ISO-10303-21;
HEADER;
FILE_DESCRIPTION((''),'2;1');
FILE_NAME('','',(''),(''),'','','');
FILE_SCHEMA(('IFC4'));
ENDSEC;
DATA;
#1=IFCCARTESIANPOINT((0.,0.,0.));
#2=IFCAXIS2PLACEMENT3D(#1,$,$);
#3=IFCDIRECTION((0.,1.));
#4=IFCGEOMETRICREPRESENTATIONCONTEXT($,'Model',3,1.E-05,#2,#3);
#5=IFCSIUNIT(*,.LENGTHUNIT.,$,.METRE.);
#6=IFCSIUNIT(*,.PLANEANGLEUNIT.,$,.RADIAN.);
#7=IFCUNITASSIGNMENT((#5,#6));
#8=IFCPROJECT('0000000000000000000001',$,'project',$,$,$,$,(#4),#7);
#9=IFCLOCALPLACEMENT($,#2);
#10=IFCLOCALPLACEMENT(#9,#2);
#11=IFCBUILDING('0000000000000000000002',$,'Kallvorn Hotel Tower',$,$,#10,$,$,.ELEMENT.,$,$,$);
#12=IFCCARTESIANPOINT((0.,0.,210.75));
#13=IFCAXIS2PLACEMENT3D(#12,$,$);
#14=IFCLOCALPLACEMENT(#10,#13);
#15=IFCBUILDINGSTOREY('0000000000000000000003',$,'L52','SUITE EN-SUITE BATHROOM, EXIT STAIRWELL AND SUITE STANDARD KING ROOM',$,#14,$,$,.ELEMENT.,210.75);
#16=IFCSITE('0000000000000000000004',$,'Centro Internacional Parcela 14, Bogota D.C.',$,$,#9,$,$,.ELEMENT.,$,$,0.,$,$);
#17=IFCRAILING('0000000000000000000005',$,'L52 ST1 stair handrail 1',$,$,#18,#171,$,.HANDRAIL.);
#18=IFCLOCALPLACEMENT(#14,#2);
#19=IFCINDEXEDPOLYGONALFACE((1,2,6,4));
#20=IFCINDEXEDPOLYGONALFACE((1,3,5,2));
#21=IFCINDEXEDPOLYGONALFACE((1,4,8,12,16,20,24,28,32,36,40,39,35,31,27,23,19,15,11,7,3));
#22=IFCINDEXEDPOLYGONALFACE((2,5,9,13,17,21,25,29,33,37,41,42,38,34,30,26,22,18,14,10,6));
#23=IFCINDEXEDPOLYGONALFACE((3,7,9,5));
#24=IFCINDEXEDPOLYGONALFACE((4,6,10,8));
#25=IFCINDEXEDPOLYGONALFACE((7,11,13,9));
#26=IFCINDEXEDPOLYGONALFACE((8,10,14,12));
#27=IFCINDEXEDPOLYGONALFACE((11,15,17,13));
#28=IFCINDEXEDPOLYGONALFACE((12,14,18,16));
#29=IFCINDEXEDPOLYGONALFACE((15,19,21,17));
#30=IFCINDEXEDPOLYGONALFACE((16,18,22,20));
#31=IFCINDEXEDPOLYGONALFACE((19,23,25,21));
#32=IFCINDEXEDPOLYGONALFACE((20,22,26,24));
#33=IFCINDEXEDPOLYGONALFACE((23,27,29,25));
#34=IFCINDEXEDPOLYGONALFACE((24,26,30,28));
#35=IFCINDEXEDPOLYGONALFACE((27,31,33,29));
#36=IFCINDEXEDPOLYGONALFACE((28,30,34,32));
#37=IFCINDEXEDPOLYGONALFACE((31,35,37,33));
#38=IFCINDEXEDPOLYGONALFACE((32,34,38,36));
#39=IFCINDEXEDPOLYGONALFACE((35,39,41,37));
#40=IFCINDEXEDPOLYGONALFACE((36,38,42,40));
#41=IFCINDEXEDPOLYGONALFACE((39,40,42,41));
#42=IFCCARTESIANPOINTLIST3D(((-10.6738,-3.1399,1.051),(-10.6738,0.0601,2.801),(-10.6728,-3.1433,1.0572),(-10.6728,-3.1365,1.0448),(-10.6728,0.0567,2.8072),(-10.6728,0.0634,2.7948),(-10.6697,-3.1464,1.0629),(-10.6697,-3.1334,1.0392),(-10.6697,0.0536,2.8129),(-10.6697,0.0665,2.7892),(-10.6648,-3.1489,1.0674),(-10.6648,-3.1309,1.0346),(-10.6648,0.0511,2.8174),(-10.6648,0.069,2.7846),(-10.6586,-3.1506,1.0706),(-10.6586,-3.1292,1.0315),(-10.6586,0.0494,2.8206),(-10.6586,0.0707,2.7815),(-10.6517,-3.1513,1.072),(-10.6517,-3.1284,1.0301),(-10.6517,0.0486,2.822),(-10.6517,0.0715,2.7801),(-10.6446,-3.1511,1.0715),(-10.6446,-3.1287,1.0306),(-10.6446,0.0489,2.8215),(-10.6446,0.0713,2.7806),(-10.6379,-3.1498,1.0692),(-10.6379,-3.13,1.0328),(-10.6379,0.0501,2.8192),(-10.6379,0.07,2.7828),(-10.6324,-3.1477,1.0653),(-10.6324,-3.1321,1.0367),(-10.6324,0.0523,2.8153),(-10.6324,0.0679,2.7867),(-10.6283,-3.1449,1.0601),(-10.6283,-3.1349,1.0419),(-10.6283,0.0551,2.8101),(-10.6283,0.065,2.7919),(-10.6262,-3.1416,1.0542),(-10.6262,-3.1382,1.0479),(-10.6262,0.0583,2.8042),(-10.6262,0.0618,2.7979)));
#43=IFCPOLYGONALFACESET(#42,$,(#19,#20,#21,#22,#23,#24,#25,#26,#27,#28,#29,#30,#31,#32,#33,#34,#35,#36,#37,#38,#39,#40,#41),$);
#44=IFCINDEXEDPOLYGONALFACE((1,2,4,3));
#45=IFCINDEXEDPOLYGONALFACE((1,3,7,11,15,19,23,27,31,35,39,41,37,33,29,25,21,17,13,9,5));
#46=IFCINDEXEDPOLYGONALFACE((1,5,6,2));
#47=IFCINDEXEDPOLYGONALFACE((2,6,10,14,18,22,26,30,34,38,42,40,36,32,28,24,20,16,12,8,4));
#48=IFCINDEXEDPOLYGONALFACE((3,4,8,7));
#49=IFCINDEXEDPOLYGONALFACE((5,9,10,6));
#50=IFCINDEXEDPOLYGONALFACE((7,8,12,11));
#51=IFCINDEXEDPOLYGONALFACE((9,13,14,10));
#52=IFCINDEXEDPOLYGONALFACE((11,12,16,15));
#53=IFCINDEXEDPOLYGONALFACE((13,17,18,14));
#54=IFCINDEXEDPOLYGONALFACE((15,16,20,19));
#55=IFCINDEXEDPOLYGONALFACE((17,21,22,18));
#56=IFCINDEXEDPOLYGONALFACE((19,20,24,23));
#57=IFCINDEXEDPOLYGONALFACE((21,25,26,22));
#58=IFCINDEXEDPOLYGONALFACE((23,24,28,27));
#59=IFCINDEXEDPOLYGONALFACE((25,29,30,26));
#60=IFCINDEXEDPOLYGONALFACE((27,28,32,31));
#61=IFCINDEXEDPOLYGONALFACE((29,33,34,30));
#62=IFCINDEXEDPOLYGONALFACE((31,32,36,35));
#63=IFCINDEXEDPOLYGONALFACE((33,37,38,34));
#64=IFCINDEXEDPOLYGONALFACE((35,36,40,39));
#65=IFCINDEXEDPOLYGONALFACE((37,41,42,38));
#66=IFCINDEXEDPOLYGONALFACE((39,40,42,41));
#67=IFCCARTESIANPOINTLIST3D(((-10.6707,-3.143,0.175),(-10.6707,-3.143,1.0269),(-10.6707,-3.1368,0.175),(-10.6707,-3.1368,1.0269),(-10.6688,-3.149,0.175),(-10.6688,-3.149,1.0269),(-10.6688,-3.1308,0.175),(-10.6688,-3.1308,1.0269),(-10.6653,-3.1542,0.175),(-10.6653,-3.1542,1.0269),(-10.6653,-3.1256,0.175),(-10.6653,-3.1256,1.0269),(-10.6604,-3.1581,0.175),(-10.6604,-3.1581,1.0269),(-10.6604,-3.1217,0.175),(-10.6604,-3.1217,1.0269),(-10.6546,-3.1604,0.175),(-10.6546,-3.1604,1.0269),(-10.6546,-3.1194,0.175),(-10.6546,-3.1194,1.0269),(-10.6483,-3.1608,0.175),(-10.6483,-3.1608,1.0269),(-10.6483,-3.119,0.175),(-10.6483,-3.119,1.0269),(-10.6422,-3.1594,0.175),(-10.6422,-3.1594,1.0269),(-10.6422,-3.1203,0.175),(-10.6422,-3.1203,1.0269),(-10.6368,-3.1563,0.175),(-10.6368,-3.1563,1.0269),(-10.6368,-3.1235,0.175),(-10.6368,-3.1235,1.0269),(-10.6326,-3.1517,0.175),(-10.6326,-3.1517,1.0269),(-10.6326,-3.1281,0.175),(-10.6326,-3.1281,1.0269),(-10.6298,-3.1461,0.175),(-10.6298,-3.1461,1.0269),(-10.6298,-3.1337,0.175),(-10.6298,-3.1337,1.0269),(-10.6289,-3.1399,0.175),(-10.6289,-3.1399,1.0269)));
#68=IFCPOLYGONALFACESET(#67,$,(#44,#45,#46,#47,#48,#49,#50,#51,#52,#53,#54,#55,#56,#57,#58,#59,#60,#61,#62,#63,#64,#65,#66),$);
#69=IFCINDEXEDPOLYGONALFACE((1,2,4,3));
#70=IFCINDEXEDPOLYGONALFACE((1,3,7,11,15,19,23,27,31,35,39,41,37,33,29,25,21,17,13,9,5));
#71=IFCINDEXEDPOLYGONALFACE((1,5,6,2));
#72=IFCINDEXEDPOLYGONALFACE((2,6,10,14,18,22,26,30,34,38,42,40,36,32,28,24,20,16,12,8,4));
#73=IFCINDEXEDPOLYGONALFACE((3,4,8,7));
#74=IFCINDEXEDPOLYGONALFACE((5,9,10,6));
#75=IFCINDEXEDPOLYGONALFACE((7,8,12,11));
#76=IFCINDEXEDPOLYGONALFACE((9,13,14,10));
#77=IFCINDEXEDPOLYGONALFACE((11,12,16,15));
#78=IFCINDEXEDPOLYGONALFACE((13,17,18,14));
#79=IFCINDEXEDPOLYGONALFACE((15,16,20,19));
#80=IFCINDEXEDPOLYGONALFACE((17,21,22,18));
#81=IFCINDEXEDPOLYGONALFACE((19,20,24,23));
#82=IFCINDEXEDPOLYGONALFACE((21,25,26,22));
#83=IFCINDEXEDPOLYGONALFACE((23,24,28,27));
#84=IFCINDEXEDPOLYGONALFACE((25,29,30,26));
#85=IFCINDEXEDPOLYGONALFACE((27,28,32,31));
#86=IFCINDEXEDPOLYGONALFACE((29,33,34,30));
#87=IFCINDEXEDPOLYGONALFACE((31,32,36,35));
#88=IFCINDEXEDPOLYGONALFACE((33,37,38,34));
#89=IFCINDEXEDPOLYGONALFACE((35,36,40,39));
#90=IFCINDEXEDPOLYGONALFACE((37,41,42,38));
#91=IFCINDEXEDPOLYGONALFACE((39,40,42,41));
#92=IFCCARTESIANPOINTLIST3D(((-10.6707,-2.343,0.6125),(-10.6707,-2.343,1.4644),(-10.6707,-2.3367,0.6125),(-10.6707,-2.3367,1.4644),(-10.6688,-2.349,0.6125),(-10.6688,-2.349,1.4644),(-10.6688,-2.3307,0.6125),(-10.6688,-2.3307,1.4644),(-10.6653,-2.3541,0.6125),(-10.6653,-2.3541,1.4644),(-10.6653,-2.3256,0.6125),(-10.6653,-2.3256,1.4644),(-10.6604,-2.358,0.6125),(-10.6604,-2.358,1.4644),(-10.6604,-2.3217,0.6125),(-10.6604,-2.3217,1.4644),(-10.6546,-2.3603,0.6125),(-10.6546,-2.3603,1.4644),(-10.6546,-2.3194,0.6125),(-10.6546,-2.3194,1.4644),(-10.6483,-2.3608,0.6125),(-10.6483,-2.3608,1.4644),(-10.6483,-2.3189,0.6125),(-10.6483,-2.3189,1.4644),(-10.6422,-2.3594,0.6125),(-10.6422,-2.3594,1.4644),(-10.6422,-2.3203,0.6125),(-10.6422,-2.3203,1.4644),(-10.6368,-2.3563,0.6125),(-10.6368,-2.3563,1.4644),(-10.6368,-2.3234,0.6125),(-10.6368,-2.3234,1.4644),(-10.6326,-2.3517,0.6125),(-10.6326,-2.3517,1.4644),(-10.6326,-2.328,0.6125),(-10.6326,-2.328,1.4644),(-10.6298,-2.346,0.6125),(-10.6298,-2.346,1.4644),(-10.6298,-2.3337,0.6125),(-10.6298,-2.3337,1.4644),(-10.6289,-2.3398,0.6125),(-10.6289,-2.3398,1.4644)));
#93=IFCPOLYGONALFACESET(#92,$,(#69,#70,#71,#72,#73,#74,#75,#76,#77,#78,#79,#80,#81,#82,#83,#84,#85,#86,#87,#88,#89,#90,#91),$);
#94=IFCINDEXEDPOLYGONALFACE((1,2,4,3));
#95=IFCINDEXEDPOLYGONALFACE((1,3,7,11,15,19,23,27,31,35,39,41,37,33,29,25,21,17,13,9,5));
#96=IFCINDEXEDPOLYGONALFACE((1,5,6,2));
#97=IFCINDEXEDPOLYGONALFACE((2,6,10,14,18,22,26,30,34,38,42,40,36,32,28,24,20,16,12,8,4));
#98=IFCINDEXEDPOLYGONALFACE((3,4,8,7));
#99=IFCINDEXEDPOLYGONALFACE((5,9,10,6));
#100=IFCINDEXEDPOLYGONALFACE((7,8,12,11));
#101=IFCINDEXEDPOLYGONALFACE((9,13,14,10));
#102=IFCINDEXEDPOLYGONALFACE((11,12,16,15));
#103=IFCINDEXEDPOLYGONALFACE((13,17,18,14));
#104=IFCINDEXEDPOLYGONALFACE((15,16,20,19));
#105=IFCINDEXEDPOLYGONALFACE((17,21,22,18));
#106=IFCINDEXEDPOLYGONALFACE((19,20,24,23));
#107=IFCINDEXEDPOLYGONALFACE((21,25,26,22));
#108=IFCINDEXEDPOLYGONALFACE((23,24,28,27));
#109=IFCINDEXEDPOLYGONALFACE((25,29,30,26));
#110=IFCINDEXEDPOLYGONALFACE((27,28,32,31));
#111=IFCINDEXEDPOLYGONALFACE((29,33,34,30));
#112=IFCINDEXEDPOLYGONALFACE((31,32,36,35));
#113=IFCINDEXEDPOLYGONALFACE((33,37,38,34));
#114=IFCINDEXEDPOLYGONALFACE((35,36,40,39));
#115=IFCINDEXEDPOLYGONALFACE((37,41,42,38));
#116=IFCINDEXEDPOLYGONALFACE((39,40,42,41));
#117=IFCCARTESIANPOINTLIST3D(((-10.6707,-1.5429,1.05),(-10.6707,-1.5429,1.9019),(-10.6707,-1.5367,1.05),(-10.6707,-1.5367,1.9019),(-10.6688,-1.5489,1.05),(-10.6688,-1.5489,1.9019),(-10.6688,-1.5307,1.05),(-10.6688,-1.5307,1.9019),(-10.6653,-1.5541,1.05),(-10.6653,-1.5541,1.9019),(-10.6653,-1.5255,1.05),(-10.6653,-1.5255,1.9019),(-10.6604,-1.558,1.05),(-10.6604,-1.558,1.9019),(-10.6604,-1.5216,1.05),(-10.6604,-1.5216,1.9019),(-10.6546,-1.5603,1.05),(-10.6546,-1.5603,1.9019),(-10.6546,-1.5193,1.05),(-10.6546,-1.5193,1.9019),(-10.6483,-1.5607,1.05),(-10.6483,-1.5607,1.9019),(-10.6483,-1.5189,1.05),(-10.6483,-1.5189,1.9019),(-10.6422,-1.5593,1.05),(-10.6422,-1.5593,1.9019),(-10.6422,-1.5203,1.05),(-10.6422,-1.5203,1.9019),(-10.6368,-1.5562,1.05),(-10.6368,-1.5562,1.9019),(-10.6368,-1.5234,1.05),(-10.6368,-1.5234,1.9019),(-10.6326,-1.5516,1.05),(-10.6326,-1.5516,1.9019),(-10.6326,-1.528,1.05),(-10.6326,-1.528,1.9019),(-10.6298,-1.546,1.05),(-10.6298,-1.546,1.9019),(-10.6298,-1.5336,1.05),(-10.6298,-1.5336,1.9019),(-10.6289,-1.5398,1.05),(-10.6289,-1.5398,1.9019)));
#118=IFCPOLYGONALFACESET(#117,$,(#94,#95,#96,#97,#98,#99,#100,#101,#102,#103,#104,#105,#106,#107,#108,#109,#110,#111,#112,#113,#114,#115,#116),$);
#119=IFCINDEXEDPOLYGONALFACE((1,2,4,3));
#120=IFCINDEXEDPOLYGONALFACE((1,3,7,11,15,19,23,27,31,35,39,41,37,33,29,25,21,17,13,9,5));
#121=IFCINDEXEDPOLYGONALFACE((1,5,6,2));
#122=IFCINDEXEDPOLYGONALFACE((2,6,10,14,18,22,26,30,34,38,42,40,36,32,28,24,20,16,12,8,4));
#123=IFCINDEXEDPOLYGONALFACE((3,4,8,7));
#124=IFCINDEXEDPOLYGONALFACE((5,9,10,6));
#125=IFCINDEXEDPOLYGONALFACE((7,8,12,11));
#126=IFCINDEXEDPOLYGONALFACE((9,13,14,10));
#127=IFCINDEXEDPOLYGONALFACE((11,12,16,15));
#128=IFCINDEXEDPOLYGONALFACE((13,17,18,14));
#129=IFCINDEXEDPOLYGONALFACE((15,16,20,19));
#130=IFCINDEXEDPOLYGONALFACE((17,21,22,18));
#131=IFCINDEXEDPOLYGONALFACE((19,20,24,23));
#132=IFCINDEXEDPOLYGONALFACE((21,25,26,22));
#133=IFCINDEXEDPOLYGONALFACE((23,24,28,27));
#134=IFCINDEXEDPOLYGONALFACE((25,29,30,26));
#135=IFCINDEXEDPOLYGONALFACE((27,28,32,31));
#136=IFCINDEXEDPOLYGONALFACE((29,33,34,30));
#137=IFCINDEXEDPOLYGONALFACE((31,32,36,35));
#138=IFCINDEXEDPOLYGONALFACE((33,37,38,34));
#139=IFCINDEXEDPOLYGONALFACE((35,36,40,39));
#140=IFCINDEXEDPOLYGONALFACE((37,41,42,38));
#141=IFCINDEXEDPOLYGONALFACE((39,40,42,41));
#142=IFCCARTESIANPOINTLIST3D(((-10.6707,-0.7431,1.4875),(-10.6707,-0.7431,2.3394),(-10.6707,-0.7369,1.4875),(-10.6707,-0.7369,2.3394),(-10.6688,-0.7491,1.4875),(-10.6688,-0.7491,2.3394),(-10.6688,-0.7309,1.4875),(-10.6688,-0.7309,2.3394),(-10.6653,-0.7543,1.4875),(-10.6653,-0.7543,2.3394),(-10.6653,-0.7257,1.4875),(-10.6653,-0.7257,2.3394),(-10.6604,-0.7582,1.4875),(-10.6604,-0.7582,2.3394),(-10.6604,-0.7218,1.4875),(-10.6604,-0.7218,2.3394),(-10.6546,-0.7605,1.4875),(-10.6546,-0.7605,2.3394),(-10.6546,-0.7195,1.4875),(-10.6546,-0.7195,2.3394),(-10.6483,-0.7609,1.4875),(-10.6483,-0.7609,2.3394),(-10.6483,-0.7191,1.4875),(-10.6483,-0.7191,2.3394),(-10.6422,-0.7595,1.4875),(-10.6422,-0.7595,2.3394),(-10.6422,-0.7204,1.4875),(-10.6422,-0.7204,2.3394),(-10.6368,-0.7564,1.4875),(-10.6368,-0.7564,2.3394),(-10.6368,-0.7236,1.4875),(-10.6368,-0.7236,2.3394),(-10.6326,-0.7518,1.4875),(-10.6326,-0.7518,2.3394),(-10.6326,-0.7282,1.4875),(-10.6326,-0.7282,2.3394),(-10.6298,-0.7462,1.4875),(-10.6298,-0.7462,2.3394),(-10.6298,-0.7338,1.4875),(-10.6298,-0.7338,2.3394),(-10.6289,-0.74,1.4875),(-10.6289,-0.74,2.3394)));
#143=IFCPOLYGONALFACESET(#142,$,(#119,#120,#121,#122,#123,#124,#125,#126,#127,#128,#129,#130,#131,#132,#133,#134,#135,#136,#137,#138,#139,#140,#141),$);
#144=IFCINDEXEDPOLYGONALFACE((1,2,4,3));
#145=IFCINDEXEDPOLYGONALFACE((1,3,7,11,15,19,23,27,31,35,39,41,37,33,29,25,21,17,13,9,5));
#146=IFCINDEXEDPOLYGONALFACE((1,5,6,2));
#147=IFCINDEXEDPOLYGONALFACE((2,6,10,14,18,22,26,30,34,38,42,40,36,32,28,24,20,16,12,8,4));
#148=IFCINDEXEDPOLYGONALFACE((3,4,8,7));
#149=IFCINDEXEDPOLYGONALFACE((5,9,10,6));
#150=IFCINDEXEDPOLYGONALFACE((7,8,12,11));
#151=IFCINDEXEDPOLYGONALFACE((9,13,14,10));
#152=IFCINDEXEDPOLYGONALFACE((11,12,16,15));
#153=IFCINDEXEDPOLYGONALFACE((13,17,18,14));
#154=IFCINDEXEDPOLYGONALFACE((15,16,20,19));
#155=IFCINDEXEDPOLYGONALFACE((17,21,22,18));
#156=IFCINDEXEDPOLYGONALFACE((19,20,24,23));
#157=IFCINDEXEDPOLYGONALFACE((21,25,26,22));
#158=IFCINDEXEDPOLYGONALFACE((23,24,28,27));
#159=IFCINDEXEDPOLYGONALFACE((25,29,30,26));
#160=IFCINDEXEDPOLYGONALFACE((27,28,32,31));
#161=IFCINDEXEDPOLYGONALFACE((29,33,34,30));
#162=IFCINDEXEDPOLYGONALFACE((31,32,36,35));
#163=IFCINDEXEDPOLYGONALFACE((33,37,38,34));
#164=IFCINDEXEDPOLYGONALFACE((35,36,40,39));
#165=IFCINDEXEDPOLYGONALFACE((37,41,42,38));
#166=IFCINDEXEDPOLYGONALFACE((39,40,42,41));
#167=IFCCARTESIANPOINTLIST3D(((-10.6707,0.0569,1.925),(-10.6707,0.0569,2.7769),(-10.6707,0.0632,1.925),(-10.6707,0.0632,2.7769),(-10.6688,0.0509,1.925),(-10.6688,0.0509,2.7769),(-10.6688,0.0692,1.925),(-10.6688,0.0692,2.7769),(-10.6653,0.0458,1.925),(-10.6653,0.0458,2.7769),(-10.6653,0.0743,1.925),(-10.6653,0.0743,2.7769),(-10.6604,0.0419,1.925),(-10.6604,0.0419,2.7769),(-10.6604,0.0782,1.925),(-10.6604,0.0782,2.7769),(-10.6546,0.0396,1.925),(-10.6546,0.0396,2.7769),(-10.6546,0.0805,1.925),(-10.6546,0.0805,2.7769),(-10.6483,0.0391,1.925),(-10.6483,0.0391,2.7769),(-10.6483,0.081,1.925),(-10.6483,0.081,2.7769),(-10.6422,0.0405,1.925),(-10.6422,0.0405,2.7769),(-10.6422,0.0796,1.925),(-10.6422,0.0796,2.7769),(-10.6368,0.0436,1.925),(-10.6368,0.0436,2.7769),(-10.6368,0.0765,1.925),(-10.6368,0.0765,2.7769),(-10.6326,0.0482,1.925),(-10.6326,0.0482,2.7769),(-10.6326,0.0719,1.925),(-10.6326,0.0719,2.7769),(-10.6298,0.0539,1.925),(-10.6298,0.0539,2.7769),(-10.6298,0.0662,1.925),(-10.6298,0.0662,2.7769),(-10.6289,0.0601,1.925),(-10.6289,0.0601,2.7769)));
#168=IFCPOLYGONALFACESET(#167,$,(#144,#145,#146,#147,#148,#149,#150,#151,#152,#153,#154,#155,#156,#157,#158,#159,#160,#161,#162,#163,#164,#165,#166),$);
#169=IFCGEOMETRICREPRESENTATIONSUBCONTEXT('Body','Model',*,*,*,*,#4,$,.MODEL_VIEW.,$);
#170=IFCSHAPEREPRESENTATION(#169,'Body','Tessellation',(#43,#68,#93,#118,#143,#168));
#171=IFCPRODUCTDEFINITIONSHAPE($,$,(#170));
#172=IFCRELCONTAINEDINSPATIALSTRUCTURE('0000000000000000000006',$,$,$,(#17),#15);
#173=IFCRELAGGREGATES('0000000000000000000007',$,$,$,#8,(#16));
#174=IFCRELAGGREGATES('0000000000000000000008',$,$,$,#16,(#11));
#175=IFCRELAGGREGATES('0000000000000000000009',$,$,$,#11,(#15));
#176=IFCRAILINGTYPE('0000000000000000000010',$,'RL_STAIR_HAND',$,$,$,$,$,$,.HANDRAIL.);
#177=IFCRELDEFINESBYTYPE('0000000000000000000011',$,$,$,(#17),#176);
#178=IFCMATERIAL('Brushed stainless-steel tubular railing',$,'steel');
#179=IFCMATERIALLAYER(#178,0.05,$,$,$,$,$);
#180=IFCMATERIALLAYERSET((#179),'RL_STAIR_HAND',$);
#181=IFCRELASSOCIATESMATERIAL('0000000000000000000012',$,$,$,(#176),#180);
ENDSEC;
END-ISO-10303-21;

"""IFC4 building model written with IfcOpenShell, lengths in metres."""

from ifc_helpers import new_model, si_unit, direction, frame, origin, origin_2d, place, context, subcontext, project, spatial, circle, extrude, material, layer, layer_set, type_object, element, save


model = new_model("IFC4")

# Units and contexts
model_context = context("Model", 3, precision=1e-05, world=origin(), true_north=direction((0.0, 1.0)))
body_context = subcontext(model_context, "Body", "Model", "MODEL_VIEW")
ifc_project = project(units=[si_unit("LENGTHUNIT", "METRE"), si_unit("PLANEANGLEUNIT", "RADIAN")], contexts=[model_context])

# Site, building, storey
site_placement = place(None, origin())
site = spatial("IfcSite", under=ifc_project, at=site_placement, Name="Centro Internacional Parcela 14, Bogota D.C.", CompositionType="ELEMENT", RefElevation=0.0)
building_placement = place(site_placement, origin())
building = spatial("IfcBuilding", under=site, at=building_placement, Name="Kallvorn Hotel Tower", CompositionType="ELEMENT")
storey_placement = place(building_placement, frame((0.0, 0.0, 210.75)))
storey = spatial("IfcBuildingStorey", under=building, at=storey_placement, Name="L52", Description="SUITE EN-SUITE BATHROOM, EXIT STAIRWELL AND SUITE STANDARD KING ROOM", CompositionType="ELEMENT", Elevation=210.75)

# Railing
ifc_material_1 = material(Name="Brushed stainless-steel tubular railing", Category="steel")
ifc_layer_1 = layer(ifc_material_1, 0.05)
ifc_layer_set_1 = layer_set([ifc_layer_1], Name="RL_STAIR_HAND")
railing_type_1 = type_object("IfcRailingType", Name="RL_STAIR_HAND", PredefinedType="HANDRAIL", material=ifc_layer_set_1)
railing_1_placement = place(storey_placement, frame((-10.6499, -3.1399, 0.175)))
element("IfcRailing", 1, at=railing_1_placement, inside=storey, type_object=railing_type_1, Name="L52 ST1 stair handrail 1", PredefinedType="HANDRAIL", context=body_context, shape_type="SweptSolid", body=[
    extrude(circle(Radius=0.0239, at=origin_2d()), frame((0.0, 0.0, 0.876), z_axis=(0.0, 0.877368, 0.479818), x_axis=(-1.0, 0.0, 0.0)), (0.0, 0.0, 1.0), 3.6472),
    extrude(circle(Radius=0.021, at=origin_2d()), origin(), (0.0, 0.0, 1.0), 0.8518),
    extrude(circle(Radius=0.021, at=origin_2d()), frame((0.0, 0.8, 0.4375)), (0.0, 0.0, 1.0), 0.8518),
    extrude(circle(Radius=0.021, at=origin_2d()), frame((0.0, 1.6001, 0.875)), (0.0, 0.0, 1.0), 0.8518),
    extrude(circle(Radius=0.021, at=origin_2d()), frame((0.0, 2.3999, 1.3125)), (0.0, 0.0, 1.0), 0.8518),
    extrude(circle(Radius=0.021, at=origin_2d()), frame((0.0, 3.2, 1.75)), (0.0, 0.0, 1.0), 0.8518),
])

save(model, "model.ifc")
